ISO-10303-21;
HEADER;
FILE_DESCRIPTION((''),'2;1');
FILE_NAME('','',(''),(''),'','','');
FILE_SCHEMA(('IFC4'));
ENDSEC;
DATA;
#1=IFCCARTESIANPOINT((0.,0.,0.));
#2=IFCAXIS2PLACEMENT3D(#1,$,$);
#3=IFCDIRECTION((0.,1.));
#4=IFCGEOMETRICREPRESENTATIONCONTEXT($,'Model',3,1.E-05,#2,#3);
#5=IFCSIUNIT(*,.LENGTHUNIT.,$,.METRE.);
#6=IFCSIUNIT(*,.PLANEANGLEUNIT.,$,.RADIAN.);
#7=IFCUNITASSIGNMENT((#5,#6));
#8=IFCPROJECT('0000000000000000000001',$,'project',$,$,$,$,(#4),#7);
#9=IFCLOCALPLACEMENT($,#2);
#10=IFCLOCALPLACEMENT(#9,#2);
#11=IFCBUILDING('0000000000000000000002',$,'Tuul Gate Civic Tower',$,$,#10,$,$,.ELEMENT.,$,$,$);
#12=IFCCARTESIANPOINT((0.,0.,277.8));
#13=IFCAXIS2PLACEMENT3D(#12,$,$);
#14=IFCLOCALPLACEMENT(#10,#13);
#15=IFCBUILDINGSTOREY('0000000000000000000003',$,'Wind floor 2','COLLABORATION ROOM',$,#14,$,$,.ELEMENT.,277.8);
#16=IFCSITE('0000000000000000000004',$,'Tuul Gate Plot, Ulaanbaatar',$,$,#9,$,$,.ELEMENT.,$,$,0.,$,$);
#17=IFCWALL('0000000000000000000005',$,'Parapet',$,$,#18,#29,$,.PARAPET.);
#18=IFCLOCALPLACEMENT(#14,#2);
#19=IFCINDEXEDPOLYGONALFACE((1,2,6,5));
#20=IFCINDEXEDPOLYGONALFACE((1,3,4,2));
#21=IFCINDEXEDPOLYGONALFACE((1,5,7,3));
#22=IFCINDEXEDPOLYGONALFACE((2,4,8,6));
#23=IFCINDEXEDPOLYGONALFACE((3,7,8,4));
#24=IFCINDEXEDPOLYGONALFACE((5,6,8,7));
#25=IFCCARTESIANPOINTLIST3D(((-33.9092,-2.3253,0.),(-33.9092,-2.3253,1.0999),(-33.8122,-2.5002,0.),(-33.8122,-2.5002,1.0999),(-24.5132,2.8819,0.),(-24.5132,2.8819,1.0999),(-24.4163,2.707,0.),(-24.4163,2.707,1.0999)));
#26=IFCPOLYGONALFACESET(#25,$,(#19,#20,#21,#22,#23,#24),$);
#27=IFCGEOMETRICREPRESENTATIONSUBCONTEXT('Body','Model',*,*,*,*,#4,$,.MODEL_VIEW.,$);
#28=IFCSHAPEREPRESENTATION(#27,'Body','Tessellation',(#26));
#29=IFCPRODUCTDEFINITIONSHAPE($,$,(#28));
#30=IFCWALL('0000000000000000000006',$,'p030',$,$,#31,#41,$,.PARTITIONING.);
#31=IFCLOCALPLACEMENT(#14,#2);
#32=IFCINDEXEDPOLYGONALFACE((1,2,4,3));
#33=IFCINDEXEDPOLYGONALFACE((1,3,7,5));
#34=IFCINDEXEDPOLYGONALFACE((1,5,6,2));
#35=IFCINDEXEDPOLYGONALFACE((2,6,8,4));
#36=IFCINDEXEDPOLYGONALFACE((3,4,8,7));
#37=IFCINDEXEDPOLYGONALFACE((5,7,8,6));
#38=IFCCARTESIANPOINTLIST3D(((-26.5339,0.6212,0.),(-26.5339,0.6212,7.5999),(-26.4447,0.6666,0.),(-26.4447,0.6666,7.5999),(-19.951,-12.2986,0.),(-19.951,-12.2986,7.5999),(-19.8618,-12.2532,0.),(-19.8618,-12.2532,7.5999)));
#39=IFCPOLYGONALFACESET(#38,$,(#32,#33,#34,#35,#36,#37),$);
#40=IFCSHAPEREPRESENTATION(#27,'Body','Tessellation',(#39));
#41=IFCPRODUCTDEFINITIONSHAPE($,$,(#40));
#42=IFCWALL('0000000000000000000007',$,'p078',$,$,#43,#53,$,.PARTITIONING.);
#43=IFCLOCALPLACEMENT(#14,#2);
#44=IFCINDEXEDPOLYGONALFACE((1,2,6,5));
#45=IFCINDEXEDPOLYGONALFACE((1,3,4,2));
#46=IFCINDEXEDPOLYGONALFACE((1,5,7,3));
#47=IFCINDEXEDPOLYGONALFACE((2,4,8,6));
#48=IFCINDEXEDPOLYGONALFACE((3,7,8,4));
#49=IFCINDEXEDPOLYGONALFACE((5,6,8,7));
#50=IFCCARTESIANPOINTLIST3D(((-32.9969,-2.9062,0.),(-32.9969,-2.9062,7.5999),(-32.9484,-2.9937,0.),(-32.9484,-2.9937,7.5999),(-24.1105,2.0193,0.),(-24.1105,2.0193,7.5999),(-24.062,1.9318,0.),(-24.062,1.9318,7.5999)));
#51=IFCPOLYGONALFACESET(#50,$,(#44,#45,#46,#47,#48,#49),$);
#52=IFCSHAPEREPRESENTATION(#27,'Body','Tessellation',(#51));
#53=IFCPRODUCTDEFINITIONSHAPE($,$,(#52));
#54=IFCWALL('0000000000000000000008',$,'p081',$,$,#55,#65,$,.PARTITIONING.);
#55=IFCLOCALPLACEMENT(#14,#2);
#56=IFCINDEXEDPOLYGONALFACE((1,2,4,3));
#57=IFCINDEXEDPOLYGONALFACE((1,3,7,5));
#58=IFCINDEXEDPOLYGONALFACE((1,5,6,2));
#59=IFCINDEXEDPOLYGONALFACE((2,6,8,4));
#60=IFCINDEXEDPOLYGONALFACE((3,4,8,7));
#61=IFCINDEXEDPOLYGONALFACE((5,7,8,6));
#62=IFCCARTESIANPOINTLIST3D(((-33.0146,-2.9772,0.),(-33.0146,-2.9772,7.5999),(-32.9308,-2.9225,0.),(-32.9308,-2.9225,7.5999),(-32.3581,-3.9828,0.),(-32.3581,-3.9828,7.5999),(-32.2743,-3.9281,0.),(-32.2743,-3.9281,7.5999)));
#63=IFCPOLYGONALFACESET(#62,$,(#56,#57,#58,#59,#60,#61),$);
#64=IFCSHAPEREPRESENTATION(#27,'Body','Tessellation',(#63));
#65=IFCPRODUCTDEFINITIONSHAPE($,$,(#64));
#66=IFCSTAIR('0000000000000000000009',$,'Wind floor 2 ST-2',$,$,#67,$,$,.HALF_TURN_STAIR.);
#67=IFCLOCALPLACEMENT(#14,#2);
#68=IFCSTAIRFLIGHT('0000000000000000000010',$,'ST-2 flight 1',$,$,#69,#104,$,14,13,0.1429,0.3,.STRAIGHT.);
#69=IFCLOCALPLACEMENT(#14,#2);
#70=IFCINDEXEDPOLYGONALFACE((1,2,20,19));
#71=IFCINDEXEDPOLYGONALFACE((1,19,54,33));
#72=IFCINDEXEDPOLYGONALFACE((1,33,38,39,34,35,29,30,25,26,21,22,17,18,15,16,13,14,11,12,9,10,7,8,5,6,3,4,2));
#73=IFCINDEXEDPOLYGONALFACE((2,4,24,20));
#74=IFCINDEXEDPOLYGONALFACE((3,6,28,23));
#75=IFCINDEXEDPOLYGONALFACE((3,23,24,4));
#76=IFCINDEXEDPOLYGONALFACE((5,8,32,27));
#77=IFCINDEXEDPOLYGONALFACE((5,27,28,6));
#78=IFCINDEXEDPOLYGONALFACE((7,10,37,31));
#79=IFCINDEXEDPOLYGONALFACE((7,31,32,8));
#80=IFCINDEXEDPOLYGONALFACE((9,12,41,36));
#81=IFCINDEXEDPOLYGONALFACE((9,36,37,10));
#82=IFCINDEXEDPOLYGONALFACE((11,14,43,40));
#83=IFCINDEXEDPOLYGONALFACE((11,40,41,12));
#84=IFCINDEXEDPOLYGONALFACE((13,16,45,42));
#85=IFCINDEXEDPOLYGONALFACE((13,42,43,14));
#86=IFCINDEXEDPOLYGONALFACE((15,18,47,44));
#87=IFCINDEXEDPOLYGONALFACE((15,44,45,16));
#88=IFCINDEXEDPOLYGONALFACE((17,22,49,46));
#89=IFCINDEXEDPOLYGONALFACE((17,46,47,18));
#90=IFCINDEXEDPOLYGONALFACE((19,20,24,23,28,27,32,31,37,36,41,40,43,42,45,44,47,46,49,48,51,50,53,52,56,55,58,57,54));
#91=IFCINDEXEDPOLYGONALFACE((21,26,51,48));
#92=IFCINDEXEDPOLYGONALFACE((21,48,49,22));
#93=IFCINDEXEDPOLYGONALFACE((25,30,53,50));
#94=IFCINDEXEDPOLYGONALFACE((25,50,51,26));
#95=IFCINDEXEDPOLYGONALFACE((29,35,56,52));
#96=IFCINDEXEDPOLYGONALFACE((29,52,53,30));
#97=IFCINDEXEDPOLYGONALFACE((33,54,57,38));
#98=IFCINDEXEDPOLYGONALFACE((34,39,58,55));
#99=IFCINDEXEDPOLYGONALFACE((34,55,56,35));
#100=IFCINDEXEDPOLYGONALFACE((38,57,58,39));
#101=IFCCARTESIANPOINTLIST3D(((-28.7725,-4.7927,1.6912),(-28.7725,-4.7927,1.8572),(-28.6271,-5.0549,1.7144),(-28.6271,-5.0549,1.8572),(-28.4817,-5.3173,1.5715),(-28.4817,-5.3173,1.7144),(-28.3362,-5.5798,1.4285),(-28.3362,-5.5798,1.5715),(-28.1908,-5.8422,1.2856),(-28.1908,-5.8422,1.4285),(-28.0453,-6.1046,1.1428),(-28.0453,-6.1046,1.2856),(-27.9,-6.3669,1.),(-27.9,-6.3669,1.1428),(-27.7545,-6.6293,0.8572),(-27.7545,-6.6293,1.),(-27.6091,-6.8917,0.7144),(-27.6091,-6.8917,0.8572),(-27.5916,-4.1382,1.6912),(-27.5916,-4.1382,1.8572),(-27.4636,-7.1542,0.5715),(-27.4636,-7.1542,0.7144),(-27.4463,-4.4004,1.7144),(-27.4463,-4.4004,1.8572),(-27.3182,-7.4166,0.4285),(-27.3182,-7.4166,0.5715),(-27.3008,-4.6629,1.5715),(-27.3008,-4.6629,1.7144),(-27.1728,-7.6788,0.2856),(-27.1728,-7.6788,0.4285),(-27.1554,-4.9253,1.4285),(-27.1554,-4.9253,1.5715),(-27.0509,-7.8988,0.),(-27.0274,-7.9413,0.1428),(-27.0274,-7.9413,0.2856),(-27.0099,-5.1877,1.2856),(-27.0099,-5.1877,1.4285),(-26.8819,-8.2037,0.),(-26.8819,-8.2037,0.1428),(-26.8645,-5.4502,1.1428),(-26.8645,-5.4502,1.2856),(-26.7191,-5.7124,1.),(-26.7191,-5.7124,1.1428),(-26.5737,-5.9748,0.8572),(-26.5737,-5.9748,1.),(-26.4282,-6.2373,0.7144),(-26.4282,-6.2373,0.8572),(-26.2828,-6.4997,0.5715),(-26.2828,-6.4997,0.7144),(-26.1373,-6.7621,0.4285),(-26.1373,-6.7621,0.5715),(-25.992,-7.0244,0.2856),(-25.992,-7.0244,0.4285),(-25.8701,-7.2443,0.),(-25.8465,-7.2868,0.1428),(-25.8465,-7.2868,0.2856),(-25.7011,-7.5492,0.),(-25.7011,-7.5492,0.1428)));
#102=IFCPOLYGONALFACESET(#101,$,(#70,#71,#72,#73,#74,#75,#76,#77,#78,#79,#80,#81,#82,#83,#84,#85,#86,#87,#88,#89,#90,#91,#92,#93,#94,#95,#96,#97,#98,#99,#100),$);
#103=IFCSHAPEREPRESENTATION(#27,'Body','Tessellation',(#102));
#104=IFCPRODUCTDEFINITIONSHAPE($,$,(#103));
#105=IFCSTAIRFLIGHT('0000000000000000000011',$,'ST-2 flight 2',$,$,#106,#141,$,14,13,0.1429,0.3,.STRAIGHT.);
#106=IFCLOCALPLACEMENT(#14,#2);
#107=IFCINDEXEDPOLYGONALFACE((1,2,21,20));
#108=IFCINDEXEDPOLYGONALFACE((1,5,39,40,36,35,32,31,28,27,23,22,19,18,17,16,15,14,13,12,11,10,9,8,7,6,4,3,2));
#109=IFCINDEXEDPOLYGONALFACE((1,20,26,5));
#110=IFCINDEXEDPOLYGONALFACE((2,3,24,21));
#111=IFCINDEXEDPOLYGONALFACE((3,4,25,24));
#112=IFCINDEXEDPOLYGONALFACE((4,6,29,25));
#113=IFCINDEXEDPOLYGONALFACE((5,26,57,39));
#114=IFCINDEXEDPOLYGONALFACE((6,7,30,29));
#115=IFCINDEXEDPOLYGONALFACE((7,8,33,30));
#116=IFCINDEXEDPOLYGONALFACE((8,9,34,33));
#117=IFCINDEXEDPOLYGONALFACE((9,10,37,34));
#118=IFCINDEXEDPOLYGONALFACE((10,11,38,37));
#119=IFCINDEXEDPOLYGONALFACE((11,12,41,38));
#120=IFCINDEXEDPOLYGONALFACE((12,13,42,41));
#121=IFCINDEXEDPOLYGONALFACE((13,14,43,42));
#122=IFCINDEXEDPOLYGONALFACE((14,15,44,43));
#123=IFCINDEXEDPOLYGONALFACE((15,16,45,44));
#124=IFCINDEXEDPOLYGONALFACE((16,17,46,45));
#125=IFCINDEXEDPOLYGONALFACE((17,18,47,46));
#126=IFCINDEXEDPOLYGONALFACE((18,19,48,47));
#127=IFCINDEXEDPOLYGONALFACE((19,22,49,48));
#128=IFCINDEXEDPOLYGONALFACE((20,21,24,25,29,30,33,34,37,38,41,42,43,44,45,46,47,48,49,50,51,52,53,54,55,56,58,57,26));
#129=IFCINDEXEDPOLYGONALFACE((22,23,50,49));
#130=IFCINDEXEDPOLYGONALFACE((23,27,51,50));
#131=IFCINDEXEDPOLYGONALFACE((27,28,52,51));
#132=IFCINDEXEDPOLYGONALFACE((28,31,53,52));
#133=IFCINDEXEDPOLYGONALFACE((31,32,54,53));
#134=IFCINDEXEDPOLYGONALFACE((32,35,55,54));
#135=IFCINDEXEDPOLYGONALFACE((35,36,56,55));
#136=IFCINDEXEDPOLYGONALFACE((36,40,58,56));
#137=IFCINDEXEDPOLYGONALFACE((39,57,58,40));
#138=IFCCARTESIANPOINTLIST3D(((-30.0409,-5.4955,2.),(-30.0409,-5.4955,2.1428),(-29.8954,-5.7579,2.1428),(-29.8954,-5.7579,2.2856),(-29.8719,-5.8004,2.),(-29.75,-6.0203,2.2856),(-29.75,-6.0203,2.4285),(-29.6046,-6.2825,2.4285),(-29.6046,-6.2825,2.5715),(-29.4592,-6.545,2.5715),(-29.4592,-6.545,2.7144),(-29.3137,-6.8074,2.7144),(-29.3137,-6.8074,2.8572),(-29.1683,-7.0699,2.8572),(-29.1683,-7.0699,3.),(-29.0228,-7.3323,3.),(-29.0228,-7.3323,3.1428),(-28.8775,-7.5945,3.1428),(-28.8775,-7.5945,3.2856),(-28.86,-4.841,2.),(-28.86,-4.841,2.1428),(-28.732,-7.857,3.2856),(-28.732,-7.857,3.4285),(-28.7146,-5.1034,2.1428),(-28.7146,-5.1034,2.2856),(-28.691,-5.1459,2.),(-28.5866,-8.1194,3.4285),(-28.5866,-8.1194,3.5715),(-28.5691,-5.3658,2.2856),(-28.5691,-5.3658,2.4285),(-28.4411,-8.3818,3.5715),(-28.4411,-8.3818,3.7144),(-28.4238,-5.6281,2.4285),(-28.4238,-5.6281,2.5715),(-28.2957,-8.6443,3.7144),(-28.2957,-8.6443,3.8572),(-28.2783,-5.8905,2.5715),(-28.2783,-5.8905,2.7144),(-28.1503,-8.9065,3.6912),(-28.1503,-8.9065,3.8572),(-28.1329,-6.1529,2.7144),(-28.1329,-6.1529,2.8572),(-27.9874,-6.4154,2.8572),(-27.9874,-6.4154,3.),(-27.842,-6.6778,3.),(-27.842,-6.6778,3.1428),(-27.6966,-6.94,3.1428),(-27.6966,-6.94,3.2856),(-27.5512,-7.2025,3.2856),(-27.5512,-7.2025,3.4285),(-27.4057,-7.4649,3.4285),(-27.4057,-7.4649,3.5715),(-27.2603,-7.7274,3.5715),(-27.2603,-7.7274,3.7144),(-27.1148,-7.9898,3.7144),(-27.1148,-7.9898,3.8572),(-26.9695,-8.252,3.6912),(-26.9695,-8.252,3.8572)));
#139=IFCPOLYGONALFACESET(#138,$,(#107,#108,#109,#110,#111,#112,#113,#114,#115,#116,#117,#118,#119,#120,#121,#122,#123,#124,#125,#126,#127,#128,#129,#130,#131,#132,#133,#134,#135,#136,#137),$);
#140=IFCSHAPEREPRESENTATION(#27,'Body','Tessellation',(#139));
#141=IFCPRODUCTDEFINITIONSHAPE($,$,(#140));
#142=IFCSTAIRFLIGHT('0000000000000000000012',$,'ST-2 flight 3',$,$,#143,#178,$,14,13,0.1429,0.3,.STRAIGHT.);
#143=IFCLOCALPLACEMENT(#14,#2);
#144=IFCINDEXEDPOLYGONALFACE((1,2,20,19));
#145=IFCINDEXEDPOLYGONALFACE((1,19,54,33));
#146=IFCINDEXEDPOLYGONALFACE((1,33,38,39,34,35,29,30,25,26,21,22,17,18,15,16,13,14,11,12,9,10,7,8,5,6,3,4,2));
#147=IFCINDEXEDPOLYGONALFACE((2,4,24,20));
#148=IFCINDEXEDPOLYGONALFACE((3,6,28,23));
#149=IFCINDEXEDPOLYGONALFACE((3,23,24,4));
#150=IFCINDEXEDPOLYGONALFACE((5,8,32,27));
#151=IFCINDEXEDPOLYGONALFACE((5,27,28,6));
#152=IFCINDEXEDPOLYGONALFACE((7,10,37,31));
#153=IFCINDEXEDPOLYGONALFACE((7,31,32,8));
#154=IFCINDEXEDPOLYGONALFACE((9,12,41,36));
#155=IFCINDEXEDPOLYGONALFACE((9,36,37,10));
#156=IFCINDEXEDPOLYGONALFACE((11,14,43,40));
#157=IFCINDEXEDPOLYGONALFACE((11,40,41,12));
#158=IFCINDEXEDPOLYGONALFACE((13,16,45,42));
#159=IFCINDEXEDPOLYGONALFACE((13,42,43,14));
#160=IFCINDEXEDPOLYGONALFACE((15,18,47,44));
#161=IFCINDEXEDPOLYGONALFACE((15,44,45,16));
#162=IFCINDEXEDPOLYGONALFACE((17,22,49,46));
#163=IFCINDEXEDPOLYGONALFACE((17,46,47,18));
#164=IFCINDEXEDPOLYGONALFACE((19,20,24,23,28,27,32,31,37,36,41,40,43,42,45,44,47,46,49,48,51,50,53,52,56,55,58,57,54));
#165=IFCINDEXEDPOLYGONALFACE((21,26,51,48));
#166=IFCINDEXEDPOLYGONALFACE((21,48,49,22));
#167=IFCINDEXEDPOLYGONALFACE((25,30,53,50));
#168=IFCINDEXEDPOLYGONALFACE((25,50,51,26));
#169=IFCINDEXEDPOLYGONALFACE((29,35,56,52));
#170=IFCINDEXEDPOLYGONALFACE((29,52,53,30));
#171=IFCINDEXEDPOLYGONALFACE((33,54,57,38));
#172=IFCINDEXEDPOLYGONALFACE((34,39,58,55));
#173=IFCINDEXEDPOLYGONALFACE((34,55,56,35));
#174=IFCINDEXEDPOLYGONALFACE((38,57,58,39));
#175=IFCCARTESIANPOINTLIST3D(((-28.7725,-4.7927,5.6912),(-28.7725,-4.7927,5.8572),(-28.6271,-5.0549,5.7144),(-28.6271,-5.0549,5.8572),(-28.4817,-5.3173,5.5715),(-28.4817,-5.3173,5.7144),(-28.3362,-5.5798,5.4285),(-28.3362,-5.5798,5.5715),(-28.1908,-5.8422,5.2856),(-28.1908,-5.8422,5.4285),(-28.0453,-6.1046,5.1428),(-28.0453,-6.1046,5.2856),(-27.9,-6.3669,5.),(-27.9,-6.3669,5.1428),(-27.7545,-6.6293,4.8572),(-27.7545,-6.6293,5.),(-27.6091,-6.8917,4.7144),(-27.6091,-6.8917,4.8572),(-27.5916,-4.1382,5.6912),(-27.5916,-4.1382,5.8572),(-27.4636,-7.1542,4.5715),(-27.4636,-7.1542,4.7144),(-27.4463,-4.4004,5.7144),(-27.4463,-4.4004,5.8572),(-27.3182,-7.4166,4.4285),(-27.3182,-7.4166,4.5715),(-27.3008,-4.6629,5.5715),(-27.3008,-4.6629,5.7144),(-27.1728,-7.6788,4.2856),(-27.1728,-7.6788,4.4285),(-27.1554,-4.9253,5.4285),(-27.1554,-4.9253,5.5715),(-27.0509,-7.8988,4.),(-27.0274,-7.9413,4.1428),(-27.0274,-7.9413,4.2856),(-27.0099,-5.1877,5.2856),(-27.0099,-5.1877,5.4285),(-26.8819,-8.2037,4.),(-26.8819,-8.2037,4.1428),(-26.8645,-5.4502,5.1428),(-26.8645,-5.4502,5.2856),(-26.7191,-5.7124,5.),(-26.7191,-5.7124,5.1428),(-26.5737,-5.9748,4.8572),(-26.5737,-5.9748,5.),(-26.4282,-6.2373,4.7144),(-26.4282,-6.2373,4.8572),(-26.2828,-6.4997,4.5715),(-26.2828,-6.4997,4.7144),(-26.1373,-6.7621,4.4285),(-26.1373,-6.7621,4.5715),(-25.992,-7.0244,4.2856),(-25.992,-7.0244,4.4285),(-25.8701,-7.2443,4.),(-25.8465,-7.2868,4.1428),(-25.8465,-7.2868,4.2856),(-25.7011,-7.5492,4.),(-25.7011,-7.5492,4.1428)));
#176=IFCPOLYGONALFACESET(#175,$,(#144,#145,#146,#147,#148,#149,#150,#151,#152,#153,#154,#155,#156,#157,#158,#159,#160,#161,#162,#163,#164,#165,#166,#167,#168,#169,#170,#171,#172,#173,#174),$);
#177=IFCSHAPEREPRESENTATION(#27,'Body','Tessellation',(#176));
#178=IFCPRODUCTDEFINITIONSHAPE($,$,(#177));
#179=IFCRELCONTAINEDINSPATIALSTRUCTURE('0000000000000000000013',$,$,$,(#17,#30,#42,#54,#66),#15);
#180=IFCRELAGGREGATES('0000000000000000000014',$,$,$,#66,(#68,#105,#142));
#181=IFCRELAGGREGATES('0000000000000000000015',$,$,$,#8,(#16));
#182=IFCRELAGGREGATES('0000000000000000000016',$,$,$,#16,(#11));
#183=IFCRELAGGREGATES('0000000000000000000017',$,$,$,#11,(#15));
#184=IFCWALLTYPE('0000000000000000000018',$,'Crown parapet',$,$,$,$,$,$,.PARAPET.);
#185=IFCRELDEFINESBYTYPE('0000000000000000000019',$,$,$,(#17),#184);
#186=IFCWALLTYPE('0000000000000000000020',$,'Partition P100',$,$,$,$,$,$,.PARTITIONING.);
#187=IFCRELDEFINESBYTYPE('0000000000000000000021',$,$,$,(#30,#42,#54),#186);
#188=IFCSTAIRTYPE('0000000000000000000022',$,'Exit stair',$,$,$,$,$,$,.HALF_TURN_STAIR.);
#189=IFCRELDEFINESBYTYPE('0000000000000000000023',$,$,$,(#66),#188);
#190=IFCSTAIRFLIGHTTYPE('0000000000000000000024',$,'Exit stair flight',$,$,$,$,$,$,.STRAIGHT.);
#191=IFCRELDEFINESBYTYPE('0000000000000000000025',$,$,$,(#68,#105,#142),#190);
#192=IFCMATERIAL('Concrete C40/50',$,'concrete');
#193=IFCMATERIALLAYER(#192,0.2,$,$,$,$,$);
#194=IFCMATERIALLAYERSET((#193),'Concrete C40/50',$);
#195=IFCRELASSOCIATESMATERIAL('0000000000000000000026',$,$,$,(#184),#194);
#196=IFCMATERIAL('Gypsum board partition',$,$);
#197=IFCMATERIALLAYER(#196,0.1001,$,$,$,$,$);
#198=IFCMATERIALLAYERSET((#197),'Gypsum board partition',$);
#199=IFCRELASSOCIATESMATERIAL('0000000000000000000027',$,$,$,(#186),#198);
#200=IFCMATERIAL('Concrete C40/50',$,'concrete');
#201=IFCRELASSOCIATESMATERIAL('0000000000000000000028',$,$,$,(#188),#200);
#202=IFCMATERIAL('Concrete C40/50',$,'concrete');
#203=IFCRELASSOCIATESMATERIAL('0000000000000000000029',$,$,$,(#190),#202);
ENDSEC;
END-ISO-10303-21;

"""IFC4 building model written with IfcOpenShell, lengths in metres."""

from ifc_helpers import new_model, si_unit, direction, frame, frame_2d, origin, place, context, subcontext, project, spatial, polyline, rectangle, outline, extrude, material, layer, layer_set, type_object, element, aggregate, save


model = new_model("IFC4")

# Units and contexts
model_context = context("Model", 3, precision=1e-05, world=origin(), true_north=direction((0.0, 1.0)))
body_context = subcontext(model_context, "Body", "Model", "MODEL_VIEW")
ifc_project = project(units=[si_unit("LENGTHUNIT", "METRE"), si_unit("PLANEANGLEUNIT", "RADIAN")], contexts=[model_context])

# Site, building, storey
site_placement = place(None, origin())
site = spatial("IfcSite", under=ifc_project, at=site_placement, Name="Tuul Gate Plot, Ulaanbaatar", CompositionType="ELEMENT", RefElevation=0.0)
building_placement = place(site_placement, origin())
building = spatial("IfcBuilding", under=site, at=building_placement, Name="Tuul Gate Civic Tower", CompositionType="ELEMENT")
storey_placement = place(building_placement, frame((0.0, 0.0, 277.8)))
storey = spatial("IfcBuildingStorey", under=building, at=storey_placement, Name="Wind floor 2", Description="COLLABORATION ROOM", CompositionType="ELEMENT", Elevation=277.8)

# Walls
ifc_material_1 = material(Name="Concrete C40/50", Category="concrete")
ifc_layer_1 = layer(ifc_material_1, 0.2)
ifc_layer_set_1 = layer_set([ifc_layer_1], Name="Concrete C40/50")
wall_type_1 = type_object("IfcWallType", Name="Crown parapet", PredefinedType="PARAPET", material=ifc_layer_set_1)
wall_1_placement = place(storey_placement, frame((-24.4648, 2.7944, 0.0), z_axis=(0.0, 0.0, 1.0), x_axis=(-0.87466, -0.484738, 0.0)))
element("IfcWall", 1, at=wall_1_placement, inside=storey, type_object=wall_type_1, Name="Parapet", PredefinedType="PARAPET", context=body_context, shape_type="SweptSolid", body=[
    extrude(rectangle(XDim=10.7424, YDim=0.2, at=frame_2d((5.3711, 0.0))), origin(), (0.0, 0.0, 1.0), 1.0999),
])
ifc_material_2 = material(Name="Gypsum board partition")
ifc_layer_2 = layer(ifc_material_2, 0.1001)
ifc_layer_set_2 = layer_set([ifc_layer_2], Name="Gypsum board partition")
wall_type_2 = type_object("IfcWallType", Name="Partition P100", PredefinedType="PARTITIONING", material=ifc_layer_set_2)
wall_2_placement = place(storey_placement, frame((-26.4893, 0.6438, 0.0), z_axis=(0.0, 0.0, 1.0), x_axis=(0.453989, -0.891007, 0.0)))
element("IfcWall", 2, at=wall_2_placement, inside=storey, type_object=wall_type_2, Name="p030", PredefinedType="PARTITIONING", context=body_context, shape_type="SweptSolid", body=[
    extrude(rectangle(XDim=14.5002, YDim=0.1001, at=frame_2d((7.25, 0.0))), origin(), (0.0, 0.0, 1.0), 7.5999),
])
wall_3_placement = place(storey_placement, frame((-32.9727, -2.95, 0.0), z_axis=(0.0, 0.0, 1.0), x_axis=(0.874633, 0.484786, 0.0)))
element("IfcWall", 3, at=wall_3_placement, inside=storey, type_object=wall_type_2, Name="p078", PredefinedType="PARTITIONING", context=body_context, shape_type="SweptSolid", body=[
    extrude(rectangle(XDim=10.1602, YDim=0.1001, at=frame_2d((5.0801, 0.0))), origin(), (0.0, 0.0, 1.0), 7.5999),
])
wall_4_placement = place(storey_placement, frame((-32.3162, -3.9556, 0.0), z_axis=(0.0, 0.0, 1.0), x_axis=(-0.546652, 0.83736, 0.0)))
element("IfcWall", 4, at=wall_4_placement, inside=storey, type_object=wall_type_2, Name="p081", PredefinedType="PARTITIONING", context=body_context, shape_type="SweptSolid", body=[
    extrude(rectangle(XDim=1.2009, YDim=0.1001, at=frame_2d((0.6006, 0.0))), origin(), (0.0, 0.0, 1.0), 7.5999),
])

# Stair, stair flights
ifc_material_3 = material(Name="Concrete C40/50", Category="concrete")
stair_type = type_object("IfcStairType", Name="Exit stair", PredefinedType="HALF_TURN_STAIR", material=ifc_material_3)
stair_placement = place(storey_placement, origin())
stair = element("IfcStair", 5, at=stair_placement, inside=storey, type_object=stair_type, Name="Wind floor 2 ST-2", PredefinedType="HALF_TURN_STAIR")
ifc_material_4 = material(Name="Concrete C40/50", Category="concrete")
stair_flight_type = type_object("IfcStairFlightType", Name="Exit stair flight", PredefinedType="STRAIGHT", material=ifc_material_4)
stair_flight_1_placement = place(storey_placement, frame((-26.2915, -7.8765, 0.0), z_axis=(0.0, 0.0, 1.0), x_axis=(-0.484762, 0.874646, 0.0)))
stair_flight_1 = element("IfcStairFlight", 6, at=stair_flight_1_placement, type_object=stair_flight_type, Name="ST-2 flight 1", NumberOfRisers=14, NumberOfTreads=13, PredefinedType="STRAIGHT", RiserHeight=0.1429, TreadLength=0.3, context=body_context, shape_type="SweptSolid", body=[
    extrude(outline(polyline([(0.0, 0.0), (0.0, 0.1428), (0.3, 0.1428), (0.3, 0.2856), (0.6001, 0.2856), (0.6001, 0.4285), (0.8999, 0.4285), (0.8999, 0.5715), (1.2, 0.5715), (1.2, 0.7144), (1.5, 0.7144), (1.5, 0.8572), (1.8, 0.8572), (1.8, 1.0), (2.1001, 1.0), (2.1001, 1.1428), (2.3999, 1.1428), (2.3999, 1.2856), (2.7, 1.2856), (2.7, 1.4285), (3.0, 1.4285), (3.0, 1.5715), (3.3, 1.5715), (3.3, 1.7144), (3.6001, 1.7144), (3.6001, 1.8572), (3.8999, 1.8572), (3.8999, 2.0), (3.8999, 1.6912), (0.3486, 0.0), (0.0, 0.0)])), frame((0.0, 0.675, 0.0), z_axis=(0.0, -1.0, 0.0), x_axis=(1.0, 0.0, 0.0)), (0.0, 0.0, 1.0), 1.3501),
])
stair_flight_2_placement = place(storey_placement, frame((-29.4504, -5.1682, 2.0), z_axis=(0.0, 0.0, 1.0), x_axis=(0.484762, -0.874646, 0.0)))
stair_flight_2 = element("IfcStairFlight", 7, at=stair_flight_2_placement, type_object=stair_flight_type, Name="ST-2 flight 2", NumberOfRisers=14, NumberOfTreads=13, PredefinedType="STRAIGHT", RiserHeight=0.1429, TreadLength=0.3, context=body_context, shape_type="SweptSolid", body=[
    extrude(outline(polyline([(0.0, 0.0), (0.0, 0.1428), (0.3, 0.1428), (0.3, 0.2856), (0.6001, 0.2856), (0.6001, 0.4285), (0.8999, 0.4285), (0.8999, 0.5715), (1.2, 0.5715), (1.2, 0.7144), (1.5, 0.7144), (1.5, 0.8572), (1.8, 0.8572), (1.8, 1.0), (2.1001, 1.0), (2.1001, 1.1428), (2.3999, 1.1428), (2.3999, 1.2856), (2.7, 1.2856), (2.7, 1.4285), (3.0, 1.4285), (3.0, 1.5715), (3.3, 1.5715), (3.3, 1.7144), (3.6001, 1.7144), (3.6001, 1.8572), (3.8999, 1.8572), (3.8999, 2.0), (3.8999, 1.6912), (0.3486, 0.0), (0.0, 0.0)])), frame((0.0, 0.675, 0.0), z_axis=(0.0, -1.0, 0.0), x_axis=(1.0, 0.0, 0.0)), (0.0, 0.0, 1.0), 1.3501),
])
stair_flight_3_placement = place(storey_placement, frame((-26.2915, -7.8765, 4.0), z_axis=(0.0, 0.0, 1.0), x_axis=(-0.484762, 0.874646, 0.0)))
stair_flight_3 = element("IfcStairFlight", 8, at=stair_flight_3_placement, type_object=stair_flight_type, Name="ST-2 flight 3", NumberOfRisers=14, NumberOfTreads=13, PredefinedType="STRAIGHT", RiserHeight=0.1429, TreadLength=0.3, context=body_context, shape_type="SweptSolid", body=[
    extrude(outline(polyline([(0.0, 0.0), (0.0, 0.1428), (0.3, 0.1428), (0.3, 0.2856), (0.6001, 0.2856), (0.6001, 0.4285), (0.8999, 0.4285), (0.8999, 0.5715), (1.2, 0.5715), (1.2, 0.7144), (1.5, 0.7144), (1.5, 0.8572), (1.8, 0.8572), (1.8, 1.0), (2.1001, 1.0), (2.1001, 1.1428), (2.3999, 1.1428), (2.3999, 1.2856), (2.7, 1.2856), (2.7, 1.4285), (3.0, 1.4285), (3.0, 1.5715), (3.3, 1.5715), (3.3, 1.7144), (3.6001, 1.7144), (3.6001, 1.8572), (3.8999, 1.8572), (3.8999, 2.0), (3.8999, 1.6912), (0.3486, 0.0), (0.0, 0.0)])), frame((0.0, 0.675, 0.0), z_axis=(0.0, -1.0, 0.0), x_axis=(1.0, 0.0, 0.0)), (0.0, 0.0, 1.0), 1.3501),
])
aggregate(stair, [stair_flight_1, stair_flight_2, stair_flight_3])

save(model, "model.ifc")
